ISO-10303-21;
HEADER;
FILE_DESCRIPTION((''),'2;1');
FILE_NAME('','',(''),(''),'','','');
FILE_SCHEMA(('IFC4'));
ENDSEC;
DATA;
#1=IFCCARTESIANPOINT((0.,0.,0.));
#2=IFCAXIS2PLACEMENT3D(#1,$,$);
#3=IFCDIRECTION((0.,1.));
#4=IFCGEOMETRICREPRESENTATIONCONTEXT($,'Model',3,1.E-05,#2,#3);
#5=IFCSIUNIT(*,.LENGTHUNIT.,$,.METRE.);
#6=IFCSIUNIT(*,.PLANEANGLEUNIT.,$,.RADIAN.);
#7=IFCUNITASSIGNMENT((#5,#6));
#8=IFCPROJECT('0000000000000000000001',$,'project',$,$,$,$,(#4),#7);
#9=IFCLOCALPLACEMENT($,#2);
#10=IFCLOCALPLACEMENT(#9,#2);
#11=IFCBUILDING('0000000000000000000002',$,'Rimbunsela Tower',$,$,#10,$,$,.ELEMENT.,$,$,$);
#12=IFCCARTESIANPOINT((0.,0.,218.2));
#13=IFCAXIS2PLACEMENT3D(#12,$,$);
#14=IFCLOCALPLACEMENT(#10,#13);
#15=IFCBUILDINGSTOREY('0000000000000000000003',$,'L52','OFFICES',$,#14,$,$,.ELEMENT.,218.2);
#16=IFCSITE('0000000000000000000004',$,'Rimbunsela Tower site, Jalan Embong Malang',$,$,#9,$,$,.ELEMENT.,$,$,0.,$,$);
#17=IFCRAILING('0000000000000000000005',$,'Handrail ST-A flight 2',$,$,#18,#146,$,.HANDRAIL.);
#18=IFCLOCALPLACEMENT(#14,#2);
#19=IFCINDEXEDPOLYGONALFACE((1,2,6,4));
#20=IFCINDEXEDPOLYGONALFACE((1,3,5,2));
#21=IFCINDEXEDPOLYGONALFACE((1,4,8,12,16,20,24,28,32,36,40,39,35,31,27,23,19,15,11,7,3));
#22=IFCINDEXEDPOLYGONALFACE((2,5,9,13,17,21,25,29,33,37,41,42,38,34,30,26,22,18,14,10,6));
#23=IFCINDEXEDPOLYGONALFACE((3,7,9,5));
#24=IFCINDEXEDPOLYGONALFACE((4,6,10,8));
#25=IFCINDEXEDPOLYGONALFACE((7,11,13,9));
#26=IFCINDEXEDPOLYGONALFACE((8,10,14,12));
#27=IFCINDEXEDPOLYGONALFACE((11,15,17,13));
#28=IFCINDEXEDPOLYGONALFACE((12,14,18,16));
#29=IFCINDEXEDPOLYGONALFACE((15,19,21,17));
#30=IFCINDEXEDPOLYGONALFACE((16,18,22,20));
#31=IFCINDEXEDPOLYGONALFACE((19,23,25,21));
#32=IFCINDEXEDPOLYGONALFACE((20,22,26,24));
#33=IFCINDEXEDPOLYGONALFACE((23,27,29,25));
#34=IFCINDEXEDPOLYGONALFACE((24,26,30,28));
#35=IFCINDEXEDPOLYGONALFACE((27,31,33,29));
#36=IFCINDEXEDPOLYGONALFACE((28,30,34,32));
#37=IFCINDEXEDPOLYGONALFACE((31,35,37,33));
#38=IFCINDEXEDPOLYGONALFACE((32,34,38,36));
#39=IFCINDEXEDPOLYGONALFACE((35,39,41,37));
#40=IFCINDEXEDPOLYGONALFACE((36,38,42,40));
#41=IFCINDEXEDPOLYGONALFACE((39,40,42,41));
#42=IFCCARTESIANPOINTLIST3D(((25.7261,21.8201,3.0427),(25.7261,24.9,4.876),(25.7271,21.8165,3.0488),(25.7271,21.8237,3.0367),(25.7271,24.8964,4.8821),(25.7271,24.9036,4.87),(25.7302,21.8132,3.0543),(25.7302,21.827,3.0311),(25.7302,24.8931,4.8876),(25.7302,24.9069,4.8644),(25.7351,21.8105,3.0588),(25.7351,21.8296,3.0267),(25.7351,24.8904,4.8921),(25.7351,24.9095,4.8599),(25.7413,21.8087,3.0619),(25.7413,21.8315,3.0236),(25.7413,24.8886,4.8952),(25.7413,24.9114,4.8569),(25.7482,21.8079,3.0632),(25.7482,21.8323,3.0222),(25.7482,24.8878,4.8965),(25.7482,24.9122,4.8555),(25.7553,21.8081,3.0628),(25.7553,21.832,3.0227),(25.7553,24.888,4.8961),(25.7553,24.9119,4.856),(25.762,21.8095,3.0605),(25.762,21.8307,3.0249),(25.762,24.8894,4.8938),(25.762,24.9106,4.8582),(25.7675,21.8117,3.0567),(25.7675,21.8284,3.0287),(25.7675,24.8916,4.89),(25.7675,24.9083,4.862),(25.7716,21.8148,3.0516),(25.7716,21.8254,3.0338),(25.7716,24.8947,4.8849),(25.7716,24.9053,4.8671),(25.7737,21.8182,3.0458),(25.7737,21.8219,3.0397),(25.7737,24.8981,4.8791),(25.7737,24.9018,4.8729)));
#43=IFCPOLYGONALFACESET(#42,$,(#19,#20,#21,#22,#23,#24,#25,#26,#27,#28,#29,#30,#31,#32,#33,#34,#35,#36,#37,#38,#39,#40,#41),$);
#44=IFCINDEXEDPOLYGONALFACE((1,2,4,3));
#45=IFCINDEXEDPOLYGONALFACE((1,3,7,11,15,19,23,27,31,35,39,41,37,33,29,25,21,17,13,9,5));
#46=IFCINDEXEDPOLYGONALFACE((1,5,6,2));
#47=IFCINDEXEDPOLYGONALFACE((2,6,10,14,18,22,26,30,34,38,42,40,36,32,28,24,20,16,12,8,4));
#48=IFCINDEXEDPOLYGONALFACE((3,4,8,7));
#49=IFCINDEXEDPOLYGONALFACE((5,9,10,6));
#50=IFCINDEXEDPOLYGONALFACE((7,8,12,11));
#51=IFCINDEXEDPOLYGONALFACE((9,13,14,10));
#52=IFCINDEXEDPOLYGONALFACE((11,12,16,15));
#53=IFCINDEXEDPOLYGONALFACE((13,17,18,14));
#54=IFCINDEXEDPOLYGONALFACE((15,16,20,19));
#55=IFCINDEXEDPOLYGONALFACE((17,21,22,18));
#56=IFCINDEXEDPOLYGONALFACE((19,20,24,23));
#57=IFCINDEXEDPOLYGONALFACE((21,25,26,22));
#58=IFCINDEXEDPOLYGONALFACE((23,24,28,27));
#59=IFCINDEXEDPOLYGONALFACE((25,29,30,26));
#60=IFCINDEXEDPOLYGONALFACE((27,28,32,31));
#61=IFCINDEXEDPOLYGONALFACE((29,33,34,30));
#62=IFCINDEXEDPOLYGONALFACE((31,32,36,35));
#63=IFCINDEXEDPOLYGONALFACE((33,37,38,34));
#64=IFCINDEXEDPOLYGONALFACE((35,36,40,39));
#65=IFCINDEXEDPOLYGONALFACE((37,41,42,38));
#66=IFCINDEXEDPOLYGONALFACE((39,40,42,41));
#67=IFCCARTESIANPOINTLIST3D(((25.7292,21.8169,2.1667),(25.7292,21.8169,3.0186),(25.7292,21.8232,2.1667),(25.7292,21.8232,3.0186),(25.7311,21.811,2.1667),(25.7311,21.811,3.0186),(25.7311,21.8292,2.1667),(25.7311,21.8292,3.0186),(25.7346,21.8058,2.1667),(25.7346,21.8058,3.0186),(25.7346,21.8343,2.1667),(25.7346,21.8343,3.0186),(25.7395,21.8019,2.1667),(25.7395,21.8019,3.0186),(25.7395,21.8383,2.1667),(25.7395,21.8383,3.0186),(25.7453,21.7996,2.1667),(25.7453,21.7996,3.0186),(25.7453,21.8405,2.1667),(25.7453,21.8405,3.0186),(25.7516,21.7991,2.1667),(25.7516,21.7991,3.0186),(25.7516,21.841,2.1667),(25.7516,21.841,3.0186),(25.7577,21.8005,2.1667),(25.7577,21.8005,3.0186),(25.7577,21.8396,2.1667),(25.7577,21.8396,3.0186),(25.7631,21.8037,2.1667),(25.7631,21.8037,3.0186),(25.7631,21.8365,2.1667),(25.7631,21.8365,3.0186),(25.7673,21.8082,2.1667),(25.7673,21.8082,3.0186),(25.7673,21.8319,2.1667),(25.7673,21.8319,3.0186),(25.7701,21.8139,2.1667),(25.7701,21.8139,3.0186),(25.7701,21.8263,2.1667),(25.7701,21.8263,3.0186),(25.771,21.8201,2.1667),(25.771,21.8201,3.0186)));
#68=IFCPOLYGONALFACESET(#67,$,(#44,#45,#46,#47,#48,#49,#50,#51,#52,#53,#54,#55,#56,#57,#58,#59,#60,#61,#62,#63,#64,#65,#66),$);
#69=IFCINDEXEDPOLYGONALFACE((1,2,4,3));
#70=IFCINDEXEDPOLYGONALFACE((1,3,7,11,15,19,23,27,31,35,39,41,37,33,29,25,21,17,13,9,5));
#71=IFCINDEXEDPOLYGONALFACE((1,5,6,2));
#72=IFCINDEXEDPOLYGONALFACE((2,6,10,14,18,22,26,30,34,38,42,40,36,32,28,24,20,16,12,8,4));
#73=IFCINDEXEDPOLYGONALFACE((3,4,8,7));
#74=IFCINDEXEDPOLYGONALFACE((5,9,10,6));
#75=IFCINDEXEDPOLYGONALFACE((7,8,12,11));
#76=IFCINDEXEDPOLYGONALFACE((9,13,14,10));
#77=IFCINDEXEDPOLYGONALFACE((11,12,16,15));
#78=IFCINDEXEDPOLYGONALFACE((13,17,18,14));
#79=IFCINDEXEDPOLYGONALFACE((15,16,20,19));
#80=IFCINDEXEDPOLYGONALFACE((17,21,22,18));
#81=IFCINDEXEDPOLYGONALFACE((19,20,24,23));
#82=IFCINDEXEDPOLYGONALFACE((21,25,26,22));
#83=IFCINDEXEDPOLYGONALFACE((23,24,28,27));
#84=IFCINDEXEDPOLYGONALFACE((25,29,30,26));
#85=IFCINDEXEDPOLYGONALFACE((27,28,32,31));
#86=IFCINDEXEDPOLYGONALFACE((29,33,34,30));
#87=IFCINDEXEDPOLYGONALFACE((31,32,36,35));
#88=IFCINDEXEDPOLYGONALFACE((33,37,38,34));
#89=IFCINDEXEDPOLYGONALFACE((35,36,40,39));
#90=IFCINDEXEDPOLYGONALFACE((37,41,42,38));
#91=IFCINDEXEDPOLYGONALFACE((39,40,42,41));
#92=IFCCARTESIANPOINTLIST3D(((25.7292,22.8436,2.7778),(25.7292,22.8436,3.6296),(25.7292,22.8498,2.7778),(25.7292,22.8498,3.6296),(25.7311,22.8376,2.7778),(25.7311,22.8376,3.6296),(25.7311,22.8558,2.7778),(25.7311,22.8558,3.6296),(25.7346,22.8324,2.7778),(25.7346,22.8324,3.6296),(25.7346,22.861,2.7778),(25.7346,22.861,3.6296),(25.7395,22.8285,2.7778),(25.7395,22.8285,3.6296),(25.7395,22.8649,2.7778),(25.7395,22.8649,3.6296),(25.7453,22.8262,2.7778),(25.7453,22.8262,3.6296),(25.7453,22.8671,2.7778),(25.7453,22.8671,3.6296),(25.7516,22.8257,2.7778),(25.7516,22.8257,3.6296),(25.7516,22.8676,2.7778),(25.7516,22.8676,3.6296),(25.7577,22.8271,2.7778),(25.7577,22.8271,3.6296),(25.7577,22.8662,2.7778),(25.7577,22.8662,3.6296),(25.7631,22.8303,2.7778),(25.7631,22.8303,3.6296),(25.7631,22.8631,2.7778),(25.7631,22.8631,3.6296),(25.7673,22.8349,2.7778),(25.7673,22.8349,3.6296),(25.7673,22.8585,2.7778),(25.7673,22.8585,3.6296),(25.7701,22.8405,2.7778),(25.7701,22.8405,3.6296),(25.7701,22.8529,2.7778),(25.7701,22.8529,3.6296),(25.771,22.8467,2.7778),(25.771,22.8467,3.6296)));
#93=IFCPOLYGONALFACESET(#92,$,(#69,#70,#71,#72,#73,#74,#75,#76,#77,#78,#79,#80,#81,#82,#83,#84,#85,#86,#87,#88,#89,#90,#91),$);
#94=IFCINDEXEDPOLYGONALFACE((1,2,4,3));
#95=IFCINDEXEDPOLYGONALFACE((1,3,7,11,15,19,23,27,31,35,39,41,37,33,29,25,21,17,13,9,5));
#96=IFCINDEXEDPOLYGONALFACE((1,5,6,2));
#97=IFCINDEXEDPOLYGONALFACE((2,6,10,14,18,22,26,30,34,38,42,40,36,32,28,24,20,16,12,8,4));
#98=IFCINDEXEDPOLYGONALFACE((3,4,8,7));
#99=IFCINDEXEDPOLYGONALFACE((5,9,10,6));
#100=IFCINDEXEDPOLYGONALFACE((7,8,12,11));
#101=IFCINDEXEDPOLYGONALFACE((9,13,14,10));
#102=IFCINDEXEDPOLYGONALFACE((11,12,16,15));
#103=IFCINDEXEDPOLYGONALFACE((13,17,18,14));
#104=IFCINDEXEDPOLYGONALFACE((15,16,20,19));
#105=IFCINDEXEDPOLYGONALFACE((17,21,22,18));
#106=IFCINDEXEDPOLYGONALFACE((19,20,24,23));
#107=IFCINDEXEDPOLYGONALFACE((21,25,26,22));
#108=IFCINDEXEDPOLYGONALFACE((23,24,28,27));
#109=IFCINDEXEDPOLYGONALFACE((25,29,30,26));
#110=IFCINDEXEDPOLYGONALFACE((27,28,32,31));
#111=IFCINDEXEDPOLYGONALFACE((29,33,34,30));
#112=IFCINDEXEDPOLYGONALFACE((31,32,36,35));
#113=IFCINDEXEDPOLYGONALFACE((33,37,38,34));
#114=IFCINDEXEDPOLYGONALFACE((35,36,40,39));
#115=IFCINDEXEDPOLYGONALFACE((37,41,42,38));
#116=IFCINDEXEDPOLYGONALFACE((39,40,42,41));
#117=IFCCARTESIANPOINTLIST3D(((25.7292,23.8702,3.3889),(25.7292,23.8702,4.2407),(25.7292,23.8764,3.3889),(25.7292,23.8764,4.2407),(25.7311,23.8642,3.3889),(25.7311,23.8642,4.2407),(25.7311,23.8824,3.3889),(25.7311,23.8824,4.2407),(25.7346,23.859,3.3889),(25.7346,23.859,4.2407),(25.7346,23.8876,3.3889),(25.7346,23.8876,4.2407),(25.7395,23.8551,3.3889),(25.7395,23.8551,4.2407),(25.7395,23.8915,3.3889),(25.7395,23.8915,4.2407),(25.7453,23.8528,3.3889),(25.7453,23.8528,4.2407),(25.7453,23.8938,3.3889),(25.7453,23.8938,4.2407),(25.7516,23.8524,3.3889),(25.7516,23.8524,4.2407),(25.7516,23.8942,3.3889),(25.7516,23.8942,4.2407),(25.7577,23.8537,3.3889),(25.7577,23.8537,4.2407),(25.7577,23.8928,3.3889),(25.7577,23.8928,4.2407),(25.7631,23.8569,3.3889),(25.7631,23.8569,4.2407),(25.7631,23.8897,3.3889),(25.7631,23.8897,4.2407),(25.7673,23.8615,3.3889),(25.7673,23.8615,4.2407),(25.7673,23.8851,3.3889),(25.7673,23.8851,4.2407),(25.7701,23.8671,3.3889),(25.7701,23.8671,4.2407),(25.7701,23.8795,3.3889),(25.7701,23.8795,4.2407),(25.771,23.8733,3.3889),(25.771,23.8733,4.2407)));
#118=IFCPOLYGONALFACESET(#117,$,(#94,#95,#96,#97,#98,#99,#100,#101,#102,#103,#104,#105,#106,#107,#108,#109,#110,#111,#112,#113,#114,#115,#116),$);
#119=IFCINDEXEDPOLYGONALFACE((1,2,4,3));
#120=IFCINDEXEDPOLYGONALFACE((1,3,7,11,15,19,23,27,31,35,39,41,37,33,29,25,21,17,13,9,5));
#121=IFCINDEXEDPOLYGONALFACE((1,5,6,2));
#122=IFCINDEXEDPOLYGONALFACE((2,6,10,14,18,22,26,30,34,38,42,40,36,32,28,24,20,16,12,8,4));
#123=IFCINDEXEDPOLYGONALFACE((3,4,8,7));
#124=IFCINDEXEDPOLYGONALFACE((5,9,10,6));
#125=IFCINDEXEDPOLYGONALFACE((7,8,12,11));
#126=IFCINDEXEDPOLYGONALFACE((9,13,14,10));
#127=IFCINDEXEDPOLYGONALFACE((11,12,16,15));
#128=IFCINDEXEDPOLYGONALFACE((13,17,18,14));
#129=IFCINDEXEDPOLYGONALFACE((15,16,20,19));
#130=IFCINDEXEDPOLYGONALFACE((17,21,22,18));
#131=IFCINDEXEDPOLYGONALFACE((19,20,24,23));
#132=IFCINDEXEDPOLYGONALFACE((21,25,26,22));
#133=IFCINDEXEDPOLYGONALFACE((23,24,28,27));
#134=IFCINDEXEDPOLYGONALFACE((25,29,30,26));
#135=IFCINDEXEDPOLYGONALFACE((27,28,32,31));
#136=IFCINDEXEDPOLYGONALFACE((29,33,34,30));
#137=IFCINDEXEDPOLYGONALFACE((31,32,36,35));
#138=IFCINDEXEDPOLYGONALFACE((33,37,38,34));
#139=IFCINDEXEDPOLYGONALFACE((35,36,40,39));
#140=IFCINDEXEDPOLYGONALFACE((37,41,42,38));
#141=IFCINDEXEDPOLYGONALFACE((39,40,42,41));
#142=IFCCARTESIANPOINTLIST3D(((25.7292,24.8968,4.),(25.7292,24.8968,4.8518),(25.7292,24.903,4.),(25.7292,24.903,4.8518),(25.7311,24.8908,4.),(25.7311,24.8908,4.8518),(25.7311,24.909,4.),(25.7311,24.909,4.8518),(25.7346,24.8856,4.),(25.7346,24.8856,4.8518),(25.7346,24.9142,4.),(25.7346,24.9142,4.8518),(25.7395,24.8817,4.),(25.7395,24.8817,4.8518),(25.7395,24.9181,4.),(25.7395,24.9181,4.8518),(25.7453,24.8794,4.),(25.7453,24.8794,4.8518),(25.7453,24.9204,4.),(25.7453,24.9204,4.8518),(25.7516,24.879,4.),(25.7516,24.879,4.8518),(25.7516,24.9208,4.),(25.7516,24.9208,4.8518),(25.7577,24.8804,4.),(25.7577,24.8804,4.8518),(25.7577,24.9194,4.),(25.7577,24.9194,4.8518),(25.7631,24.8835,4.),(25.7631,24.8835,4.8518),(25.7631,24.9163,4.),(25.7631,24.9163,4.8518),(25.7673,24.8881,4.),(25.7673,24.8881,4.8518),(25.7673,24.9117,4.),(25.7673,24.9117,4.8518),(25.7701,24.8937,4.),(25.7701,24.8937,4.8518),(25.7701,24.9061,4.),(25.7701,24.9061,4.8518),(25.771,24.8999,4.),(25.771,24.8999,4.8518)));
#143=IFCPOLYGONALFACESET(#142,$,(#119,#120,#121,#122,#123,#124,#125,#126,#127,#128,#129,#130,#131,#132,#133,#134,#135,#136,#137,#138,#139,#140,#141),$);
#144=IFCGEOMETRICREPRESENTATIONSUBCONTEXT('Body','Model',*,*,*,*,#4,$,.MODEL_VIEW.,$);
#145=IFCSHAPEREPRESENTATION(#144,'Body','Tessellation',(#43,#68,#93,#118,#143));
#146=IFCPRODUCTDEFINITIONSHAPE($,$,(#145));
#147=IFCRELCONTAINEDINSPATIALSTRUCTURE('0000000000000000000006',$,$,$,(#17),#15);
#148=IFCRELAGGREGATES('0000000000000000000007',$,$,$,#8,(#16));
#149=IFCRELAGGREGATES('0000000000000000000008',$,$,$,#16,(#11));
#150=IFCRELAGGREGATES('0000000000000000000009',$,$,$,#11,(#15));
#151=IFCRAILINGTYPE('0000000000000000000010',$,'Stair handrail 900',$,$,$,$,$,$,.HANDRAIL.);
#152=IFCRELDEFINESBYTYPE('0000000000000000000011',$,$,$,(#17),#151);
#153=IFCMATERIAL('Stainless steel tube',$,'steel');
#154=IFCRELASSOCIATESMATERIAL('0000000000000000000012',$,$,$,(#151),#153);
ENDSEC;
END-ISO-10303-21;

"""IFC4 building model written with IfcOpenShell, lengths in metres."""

from ifc_helpers import new_model, si_unit, direction, frame, origin, origin_2d, place, context, subcontext, project, spatial, circle, extrude, material, type_object, element, save


model = new_model("IFC4")

# Units and contexts
model_context = context("Model", 3, precision=1e-05, world=origin(), true_north=direction((0.0, 1.0)))
body_context = subcontext(model_context, "Body", "Model", "MODEL_VIEW")
ifc_project = project(units=[si_unit("LENGTHUNIT", "METRE"), si_unit("PLANEANGLEUNIT", "RADIAN")], contexts=[model_context])

# Site, building, storey
site_placement = place(None, origin())
site = spatial("IfcSite", under=ifc_project, at=site_placement, Name="Rimbunsela Tower site, Jalan Embong Malang", CompositionType="ELEMENT", RefElevation=0.0)
building_placement = place(site_placement, origin())
building = spatial("IfcBuilding", under=site, at=building_placement, Name="Rimbunsela Tower", CompositionType="ELEMENT")
storey_placement = place(building_placement, frame((0.0, 0.0, 218.2)))
storey = spatial("IfcBuildingStorey", under=building, at=storey_placement, Name="L52", Description="OFFICES", CompositionType="ELEMENT", Elevation=218.2)

# Railing
ifc_material_1 = material(Name="Stainless steel tube", Category="steel")
railing_type = type_object("IfcRailingType", Name="Stair handrail 900", PredefinedType="HANDRAIL", material=ifc_material_1)
railing_1_placement = place(storey_placement, frame((25.75, 21.8201, 2.1667)))
element("IfcRailing", 1, at=railing_1_placement, inside=storey, type_object=railing_type, Name="Handrail ST-A flight 2", PredefinedType="HANDRAIL", context=body_context, shape_type="SweptSolid", body=[
    extrude(circle(Radius=0.0239, at=origin_2d()), frame((0.0, 0.0, 0.876), z_axis=(0.0, 0.859291, 0.511487), x_axis=(-1.0, 0.0, 0.0)), (0.0, 0.0, 1.0), 3.5842),
    extrude(circle(Radius=0.021, at=origin_2d()), origin(), (0.0, 0.0, 1.0), 0.8518),
    extrude(circle(Radius=0.021, at=origin_2d()), frame((0.0, 1.0266, 0.6111)), (0.0, 0.0, 1.0), 0.8518),
    extrude(circle(Radius=0.021, at=origin_2d()), frame((0.0, 2.0532, 1.2222)), (0.0, 0.0, 1.0), 0.8518),
    extrude(circle(Radius=0.021, at=origin_2d()), frame((0.0, 3.0798, 1.8333)), (0.0, 0.0, 1.0), 0.8518),
])

save(model, "model.ifc")
